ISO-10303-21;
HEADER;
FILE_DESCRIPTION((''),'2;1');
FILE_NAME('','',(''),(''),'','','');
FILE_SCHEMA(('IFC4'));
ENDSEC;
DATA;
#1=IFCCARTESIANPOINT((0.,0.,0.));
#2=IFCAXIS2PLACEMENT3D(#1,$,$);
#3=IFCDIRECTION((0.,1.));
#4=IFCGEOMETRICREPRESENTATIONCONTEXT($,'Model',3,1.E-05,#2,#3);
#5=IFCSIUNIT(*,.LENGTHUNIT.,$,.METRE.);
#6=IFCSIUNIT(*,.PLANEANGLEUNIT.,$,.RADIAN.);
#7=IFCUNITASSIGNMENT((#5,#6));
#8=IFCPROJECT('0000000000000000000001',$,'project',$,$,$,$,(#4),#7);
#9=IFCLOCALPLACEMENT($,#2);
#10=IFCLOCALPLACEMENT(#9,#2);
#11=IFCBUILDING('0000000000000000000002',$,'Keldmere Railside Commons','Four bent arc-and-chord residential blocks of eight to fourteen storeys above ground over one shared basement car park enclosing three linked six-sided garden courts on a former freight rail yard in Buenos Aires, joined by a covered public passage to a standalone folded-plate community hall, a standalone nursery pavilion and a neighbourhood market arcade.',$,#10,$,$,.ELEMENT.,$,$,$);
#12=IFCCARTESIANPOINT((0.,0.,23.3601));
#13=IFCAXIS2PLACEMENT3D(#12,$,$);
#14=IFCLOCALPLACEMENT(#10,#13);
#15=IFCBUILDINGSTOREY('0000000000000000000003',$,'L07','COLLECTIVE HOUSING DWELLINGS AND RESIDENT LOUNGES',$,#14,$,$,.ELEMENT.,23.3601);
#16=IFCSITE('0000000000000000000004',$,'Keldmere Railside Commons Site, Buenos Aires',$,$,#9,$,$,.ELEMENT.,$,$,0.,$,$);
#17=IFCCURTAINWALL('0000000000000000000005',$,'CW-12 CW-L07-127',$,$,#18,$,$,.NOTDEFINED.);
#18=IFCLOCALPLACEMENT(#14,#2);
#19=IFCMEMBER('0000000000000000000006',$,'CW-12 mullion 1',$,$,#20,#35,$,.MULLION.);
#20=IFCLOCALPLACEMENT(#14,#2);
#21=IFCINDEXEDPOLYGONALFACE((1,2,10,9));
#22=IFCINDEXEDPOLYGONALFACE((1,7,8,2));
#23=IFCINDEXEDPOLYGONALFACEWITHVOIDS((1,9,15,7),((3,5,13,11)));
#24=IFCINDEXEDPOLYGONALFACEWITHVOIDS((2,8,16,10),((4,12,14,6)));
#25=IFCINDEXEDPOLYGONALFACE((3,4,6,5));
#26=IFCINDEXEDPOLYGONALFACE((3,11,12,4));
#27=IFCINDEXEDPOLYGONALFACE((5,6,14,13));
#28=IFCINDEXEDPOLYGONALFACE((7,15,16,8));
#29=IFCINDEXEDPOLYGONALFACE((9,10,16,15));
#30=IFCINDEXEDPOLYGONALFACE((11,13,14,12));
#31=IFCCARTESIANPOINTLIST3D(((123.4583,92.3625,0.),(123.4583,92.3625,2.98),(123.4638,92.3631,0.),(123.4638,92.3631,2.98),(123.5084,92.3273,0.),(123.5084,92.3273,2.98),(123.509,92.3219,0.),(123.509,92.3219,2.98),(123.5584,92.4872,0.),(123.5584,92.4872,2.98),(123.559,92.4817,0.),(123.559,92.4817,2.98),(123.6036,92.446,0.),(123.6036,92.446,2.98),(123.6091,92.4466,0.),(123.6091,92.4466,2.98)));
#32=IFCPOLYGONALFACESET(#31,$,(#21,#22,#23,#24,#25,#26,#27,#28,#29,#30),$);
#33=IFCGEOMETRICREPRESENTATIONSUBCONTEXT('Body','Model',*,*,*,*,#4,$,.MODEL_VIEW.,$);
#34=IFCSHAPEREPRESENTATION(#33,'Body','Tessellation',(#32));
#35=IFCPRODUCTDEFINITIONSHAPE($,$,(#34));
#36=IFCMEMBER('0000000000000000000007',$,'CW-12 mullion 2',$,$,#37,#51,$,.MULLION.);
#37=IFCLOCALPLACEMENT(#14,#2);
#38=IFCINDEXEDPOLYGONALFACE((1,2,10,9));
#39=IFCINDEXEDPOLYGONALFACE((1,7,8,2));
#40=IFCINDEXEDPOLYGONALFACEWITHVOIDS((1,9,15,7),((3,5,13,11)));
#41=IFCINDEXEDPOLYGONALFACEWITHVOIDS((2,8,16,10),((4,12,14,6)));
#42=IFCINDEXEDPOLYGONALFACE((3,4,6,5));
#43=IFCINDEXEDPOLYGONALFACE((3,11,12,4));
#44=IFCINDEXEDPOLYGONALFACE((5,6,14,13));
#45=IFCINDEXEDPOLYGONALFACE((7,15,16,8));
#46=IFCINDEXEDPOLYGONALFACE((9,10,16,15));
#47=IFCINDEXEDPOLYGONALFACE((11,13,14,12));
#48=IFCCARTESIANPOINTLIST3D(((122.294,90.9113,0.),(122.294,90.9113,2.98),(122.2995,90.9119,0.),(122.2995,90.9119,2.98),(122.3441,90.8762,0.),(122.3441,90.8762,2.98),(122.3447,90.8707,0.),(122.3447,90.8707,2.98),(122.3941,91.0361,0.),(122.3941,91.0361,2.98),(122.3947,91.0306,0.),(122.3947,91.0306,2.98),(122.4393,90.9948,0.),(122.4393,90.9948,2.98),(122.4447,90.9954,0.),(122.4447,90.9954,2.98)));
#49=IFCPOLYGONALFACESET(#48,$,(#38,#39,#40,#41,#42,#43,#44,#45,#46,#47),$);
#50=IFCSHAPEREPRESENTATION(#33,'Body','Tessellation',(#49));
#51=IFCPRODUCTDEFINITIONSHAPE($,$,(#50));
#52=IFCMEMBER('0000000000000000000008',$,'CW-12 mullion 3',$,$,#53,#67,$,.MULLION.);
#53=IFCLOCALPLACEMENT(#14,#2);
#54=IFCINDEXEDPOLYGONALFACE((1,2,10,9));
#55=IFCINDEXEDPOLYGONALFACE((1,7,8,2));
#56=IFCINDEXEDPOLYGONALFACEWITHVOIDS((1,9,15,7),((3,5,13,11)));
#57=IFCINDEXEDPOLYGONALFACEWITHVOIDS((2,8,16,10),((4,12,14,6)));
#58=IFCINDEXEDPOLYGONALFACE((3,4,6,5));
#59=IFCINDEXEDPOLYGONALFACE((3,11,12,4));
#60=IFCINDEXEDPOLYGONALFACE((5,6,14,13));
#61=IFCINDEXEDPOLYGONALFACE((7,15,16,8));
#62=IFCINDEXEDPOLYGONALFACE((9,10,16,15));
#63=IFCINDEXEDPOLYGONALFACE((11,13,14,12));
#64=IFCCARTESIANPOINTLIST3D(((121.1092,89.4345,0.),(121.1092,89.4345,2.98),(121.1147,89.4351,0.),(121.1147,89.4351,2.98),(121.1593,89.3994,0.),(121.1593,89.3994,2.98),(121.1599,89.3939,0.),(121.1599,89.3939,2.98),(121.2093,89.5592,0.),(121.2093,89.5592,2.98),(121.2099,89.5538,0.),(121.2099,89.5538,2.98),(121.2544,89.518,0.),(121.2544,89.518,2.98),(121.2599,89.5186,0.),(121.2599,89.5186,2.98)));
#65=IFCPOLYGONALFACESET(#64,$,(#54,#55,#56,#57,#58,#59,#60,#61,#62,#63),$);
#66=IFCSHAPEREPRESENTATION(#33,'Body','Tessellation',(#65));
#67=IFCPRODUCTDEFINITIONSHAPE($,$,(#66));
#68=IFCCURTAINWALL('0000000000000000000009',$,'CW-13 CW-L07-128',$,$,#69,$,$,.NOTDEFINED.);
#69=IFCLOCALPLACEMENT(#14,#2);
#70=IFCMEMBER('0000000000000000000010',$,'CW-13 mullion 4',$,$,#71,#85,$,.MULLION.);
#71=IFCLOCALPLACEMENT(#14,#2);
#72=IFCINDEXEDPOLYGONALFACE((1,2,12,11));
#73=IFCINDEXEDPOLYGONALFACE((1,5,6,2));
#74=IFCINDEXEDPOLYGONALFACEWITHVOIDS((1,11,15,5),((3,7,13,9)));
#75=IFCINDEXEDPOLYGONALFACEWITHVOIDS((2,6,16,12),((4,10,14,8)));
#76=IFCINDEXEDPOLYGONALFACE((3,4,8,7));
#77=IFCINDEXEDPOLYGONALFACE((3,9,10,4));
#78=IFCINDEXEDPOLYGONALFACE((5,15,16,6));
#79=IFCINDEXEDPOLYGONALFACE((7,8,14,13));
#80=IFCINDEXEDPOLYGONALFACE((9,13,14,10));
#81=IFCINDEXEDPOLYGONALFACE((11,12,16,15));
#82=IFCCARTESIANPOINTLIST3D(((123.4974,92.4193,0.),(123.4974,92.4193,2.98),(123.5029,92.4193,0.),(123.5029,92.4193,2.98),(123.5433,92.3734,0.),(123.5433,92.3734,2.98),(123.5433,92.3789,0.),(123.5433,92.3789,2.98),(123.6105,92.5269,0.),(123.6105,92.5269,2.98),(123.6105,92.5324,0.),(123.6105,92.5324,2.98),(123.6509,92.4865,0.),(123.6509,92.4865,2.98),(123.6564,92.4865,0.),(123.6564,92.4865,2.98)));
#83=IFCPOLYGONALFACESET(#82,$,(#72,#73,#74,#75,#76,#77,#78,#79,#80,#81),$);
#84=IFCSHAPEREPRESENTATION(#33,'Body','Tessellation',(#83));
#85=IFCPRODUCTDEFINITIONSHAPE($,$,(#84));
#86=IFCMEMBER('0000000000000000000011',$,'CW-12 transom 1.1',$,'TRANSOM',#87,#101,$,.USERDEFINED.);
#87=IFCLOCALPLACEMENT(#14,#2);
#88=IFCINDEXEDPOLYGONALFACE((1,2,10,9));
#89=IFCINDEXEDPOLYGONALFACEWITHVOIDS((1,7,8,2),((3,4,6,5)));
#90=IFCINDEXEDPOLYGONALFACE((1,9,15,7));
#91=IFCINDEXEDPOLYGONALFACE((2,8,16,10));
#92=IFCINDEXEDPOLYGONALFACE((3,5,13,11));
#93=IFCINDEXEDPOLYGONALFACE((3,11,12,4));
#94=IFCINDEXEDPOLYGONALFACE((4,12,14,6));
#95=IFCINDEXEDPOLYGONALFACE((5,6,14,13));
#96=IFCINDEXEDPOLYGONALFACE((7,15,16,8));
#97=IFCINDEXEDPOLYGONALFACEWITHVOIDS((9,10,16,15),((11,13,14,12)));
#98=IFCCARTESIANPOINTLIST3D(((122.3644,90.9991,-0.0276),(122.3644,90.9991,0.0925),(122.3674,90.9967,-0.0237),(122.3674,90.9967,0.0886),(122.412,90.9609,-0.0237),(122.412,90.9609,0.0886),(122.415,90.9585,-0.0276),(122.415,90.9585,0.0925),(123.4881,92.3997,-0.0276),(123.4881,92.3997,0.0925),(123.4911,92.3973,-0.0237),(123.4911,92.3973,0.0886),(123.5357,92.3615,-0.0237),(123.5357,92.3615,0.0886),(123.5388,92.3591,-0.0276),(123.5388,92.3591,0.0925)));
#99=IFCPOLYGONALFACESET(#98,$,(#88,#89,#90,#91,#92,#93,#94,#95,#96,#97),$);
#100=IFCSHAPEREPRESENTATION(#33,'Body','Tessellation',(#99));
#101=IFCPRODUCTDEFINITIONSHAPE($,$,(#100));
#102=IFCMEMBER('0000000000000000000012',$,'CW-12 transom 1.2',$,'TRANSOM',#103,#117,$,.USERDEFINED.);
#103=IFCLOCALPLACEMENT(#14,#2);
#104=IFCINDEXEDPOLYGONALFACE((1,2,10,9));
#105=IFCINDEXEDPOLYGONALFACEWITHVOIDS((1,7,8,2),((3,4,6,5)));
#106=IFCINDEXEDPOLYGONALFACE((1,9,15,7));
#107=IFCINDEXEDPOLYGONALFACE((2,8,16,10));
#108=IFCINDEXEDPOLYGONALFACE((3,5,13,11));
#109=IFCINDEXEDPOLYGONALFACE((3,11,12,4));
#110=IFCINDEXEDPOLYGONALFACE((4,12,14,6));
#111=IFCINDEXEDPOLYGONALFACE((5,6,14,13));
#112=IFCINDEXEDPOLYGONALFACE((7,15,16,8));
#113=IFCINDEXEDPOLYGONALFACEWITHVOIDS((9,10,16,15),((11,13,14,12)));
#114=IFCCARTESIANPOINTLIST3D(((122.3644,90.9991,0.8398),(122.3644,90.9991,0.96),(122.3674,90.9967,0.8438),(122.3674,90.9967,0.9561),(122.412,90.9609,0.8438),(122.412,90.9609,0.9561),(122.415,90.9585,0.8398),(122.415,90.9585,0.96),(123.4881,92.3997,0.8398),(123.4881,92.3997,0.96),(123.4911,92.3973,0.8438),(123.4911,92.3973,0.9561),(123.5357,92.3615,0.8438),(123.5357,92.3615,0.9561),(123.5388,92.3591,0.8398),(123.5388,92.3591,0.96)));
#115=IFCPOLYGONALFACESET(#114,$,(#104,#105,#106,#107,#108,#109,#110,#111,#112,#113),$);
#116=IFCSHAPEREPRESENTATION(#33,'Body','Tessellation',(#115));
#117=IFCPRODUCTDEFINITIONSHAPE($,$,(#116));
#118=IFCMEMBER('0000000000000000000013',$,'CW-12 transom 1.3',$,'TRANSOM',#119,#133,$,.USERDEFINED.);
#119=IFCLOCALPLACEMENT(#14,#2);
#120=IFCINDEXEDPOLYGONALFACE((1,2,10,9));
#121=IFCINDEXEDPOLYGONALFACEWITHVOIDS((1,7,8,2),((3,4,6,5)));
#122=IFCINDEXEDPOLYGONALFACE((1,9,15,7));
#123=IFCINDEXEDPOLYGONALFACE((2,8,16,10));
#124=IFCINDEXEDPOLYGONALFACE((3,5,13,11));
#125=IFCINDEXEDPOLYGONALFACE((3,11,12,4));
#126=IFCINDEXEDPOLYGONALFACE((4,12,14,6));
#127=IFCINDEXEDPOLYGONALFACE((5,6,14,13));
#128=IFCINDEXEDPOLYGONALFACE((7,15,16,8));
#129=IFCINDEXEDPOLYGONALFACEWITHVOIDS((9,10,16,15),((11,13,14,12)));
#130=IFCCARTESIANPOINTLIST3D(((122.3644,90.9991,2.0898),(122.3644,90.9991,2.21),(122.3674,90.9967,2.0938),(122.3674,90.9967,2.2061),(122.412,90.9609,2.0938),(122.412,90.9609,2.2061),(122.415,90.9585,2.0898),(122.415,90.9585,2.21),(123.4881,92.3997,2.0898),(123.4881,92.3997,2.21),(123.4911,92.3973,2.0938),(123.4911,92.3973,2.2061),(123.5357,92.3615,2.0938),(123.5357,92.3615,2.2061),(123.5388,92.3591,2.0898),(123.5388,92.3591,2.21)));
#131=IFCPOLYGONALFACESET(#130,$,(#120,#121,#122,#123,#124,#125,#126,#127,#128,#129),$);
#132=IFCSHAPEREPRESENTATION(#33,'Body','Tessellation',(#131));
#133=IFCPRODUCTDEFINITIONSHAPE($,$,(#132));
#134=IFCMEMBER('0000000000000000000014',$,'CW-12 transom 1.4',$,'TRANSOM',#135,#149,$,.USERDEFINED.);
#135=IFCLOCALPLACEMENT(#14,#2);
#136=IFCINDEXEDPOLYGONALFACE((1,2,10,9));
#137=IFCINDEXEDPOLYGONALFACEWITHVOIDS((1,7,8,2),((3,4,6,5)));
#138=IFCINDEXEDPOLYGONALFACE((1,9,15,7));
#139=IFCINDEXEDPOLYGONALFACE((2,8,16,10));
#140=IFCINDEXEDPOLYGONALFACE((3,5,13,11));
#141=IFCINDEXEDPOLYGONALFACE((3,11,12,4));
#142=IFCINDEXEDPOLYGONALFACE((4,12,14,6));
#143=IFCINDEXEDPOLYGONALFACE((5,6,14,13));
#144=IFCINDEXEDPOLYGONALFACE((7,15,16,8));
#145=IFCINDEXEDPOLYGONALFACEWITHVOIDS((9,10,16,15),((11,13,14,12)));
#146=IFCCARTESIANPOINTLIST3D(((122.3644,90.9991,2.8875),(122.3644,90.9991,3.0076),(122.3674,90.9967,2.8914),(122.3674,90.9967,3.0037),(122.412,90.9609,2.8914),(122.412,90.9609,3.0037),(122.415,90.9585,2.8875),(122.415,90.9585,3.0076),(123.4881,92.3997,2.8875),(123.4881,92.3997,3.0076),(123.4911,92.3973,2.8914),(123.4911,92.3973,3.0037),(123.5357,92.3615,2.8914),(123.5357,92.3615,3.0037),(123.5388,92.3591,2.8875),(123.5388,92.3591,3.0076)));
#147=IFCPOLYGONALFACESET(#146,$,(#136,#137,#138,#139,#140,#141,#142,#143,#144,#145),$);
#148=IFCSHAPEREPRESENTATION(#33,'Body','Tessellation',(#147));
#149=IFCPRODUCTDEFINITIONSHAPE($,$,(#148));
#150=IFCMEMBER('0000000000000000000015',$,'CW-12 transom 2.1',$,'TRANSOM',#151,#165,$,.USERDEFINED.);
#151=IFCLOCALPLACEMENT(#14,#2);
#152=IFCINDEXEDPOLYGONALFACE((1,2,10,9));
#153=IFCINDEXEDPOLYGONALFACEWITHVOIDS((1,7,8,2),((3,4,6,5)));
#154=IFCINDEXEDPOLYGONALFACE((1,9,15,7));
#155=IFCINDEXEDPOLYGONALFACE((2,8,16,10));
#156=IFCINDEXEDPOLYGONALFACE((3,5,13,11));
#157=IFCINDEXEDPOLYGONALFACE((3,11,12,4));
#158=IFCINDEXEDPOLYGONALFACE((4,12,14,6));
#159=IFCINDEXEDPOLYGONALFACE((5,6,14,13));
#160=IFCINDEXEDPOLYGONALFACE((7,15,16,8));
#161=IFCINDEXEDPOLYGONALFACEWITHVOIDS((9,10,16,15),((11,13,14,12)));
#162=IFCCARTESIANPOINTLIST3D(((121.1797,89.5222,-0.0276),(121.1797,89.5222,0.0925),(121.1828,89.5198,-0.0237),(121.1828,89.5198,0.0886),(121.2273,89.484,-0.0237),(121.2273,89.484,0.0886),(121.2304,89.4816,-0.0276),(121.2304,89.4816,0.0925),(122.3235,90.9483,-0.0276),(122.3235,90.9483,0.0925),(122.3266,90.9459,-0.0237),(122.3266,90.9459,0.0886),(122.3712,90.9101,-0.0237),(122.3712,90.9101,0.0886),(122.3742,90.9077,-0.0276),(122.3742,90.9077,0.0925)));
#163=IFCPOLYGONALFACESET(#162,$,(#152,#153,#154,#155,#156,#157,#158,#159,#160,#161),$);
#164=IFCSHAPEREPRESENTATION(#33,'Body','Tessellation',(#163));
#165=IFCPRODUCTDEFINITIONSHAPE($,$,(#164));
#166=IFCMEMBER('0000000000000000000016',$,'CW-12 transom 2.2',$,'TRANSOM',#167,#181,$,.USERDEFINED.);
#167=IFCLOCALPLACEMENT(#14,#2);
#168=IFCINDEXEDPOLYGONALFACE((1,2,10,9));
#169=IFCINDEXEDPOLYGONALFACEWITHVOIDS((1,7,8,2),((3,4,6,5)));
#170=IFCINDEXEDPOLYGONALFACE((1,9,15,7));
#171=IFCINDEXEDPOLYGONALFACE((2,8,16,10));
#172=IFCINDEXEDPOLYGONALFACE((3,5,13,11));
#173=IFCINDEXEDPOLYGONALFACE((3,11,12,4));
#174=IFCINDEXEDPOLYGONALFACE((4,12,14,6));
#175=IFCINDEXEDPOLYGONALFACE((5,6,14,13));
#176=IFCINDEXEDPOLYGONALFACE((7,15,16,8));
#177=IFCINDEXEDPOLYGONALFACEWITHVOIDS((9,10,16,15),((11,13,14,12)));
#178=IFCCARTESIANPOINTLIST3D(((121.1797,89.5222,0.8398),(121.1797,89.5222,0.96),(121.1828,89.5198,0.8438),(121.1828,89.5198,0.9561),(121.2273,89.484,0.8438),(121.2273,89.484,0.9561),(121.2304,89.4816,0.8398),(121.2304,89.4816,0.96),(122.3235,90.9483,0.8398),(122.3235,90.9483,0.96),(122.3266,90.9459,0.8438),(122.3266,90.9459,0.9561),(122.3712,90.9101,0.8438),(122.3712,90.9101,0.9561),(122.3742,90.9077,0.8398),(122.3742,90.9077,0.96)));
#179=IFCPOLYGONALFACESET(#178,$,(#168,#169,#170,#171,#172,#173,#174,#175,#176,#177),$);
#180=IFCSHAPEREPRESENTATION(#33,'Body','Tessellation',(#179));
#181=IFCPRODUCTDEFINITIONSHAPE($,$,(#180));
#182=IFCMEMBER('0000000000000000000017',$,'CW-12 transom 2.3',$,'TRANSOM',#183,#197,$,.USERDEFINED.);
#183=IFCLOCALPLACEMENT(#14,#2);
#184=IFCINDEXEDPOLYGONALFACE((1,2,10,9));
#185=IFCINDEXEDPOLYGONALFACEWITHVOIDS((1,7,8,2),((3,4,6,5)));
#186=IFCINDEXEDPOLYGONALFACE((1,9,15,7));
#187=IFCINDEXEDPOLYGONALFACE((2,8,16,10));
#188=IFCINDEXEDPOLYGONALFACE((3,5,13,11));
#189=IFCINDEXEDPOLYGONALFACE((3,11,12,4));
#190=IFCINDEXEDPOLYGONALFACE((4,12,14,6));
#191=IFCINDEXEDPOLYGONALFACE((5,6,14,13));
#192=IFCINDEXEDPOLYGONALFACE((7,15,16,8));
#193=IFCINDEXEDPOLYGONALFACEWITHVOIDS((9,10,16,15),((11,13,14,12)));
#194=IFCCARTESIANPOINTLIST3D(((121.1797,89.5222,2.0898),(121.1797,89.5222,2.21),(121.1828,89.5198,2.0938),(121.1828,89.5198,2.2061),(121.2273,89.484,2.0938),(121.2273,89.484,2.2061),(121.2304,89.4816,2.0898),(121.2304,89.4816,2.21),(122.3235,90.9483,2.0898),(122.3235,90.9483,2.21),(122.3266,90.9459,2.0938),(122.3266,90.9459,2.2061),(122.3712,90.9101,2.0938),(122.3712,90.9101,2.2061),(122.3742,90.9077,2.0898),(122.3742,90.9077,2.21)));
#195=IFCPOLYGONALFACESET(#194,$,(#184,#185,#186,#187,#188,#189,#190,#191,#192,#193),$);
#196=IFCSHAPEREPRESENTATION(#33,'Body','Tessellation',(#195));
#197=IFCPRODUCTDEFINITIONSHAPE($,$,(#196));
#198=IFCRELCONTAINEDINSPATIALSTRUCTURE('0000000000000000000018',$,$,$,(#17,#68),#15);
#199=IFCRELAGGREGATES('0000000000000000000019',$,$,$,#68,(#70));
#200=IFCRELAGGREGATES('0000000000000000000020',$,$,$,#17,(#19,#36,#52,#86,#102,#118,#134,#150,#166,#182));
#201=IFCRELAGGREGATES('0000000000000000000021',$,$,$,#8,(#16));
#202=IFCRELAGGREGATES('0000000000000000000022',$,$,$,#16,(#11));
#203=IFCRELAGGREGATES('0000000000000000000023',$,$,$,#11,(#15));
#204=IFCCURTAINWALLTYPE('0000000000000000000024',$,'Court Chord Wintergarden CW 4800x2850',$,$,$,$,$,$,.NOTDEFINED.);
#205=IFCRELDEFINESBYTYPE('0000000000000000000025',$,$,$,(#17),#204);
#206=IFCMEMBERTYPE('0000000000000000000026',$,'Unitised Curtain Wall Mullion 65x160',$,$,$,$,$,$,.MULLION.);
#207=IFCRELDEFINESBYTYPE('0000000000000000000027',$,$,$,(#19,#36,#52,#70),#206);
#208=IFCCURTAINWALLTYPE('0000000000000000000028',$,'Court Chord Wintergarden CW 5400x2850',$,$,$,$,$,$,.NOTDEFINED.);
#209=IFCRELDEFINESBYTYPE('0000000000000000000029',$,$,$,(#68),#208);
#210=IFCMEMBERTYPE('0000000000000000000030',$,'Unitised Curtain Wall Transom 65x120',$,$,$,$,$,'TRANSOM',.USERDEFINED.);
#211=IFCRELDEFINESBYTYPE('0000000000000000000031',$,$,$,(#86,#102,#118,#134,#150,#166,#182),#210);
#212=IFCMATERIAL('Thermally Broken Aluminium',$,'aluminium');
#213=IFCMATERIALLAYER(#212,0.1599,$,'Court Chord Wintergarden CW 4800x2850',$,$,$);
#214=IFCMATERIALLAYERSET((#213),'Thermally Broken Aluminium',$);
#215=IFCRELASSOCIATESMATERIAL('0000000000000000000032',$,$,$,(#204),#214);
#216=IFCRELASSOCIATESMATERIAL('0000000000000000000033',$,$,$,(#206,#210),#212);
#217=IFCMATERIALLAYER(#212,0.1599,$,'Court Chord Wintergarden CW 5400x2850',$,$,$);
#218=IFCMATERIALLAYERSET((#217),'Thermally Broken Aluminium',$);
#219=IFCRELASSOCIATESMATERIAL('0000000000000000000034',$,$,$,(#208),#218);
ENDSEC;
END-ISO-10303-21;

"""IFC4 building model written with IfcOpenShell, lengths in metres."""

from ifc_helpers import new_model, si_unit, direction, frame, origin, origin_2d, place, context, subcontext, project, spatial, hollow_rectangle, extrude, material, layer, layer_set, material_profile, profile_set, type_object, element, aggregate, save


model = new_model("IFC4")

# Units and contexts
model_context = context("Model", 3, precision=1e-05, world=origin(), true_north=direction((0.0, 1.0)))
body_context = subcontext(model_context, "Body", "Model", "MODEL_VIEW")
ifc_project = project(units=[si_unit("LENGTHUNIT", "METRE"), si_unit("PLANEANGLEUNIT", "RADIAN")], contexts=[model_context])

# Site, building, storey
site_placement = place(None, origin())
site = spatial("IfcSite", under=ifc_project, at=site_placement, Name="Keldmere Railside Commons Site, Buenos Aires", CompositionType="ELEMENT", RefElevation=0.0)
building_placement = place(site_placement, origin())
building = spatial("IfcBuilding", under=site, at=building_placement, Name="Keldmere Railside Commons", Description="Four bent arc-and-chord residential blocks of eight to fourteen storeys above ground over one shared basement car park enclosing three linked six-sided garden courts on a former freight rail yard in Buenos Aires, joined by a covered public passage to a standalone folded-plate community hall, a standalone nursery pavilion and a neighbourhood market arcade.", CompositionType="ELEMENT")
storey_placement = place(building_placement, frame((0.0, 0.0, 23.3601)))
storey = spatial("IfcBuildingStorey", under=building, at=storey_placement, Name="L07", Description="COLLECTIVE HOUSING DWELLINGS AND RESIDENT LOUNGES", CompositionType="ELEMENT", Elevation=23.3601)

# Curtain wall, members
ifc_material_1 = material(Name="Thermally Broken Aluminium", Category="aluminium")
ifc_layer_1 = layer(ifc_material_1, 0.1599, Name="Court Chord Wintergarden CW 4800x2850")
ifc_layer_set_1 = layer_set([ifc_layer_1], Name="Thermally Broken Aluminium")
curtain_wall_type_1 = type_object("IfcCurtainWallType", Name="Court Chord Wintergarden CW 4800x2850", PredefinedType="NOTDEFINED", material=ifc_layer_set_1)
curtain_wall_1_placement = place(storey_placement, origin())
curtain_wall_1 = element("IfcCurtainWall", 1, at=curtain_wall_1_placement, inside=storey, type_object=curtain_wall_type_1, Name="CW-12 CW-L07-127", PredefinedType="NOTDEFINED")
ifc_material_profile_1 = material_profile(ifc_material_1, hollow_rectangle(XDim=0.0649, YDim=0.1599, WallThickness=0.0039, at=origin_2d()), Name="ALU-MULL-65x160")
ifc_profile_set_1 = profile_set([ifc_material_profile_1], Name="Thermally Broken Aluminium")
member_type_1 = type_object("IfcMemberType", Name="Unitised Curtain Wall Mullion 65x160", PredefinedType="MULLION", material=ifc_profile_set_1)
member_1_placement = place(storey_placement, frame((123.5337, 92.4045, 0.0), z_axis=(0.0, 0.0, 1.0), x_axis=(0.780009, -0.625768, 0.0)))
member_1 = element("IfcMember", 2, at=member_1_placement, type_object=member_type_1, Name="CW-12 mullion 1", PredefinedType="MULLION", context=body_context, shape_type="SweptSolid", body=[
    extrude(hollow_rectangle(XDim=0.0649, YDim=0.1599, WallThickness=0.0039, at=origin_2d()), origin(), (0.0, 0.0, 1.0), 2.98),
])
member_2_placement = place(storey_placement, frame((122.3694, 90.9534, 0.0), z_axis=(0.0, 0.0, 1.0), x_axis=(0.780009, -0.625768, 0.0)))
member_2 = element("IfcMember", 3, at=member_2_placement, type_object=member_type_1, Name="CW-12 mullion 2", PredefinedType="MULLION", context=body_context, shape_type="SweptSolid", body=[
    extrude(hollow_rectangle(XDim=0.0649, YDim=0.1599, WallThickness=0.0039, at=origin_2d()), origin(), (0.0, 0.0, 1.0), 2.98),
])
member_3_placement = place(storey_placement, frame((121.1846, 89.4766, 0.0), z_axis=(0.0, 0.0, 1.0), x_axis=(0.780009, -0.625768, 0.0)))
member_3 = element("IfcMember", 4, at=member_3_placement, type_object=member_type_1, Name="CW-12 mullion 3", PredefinedType="MULLION", context=body_context, shape_type="SweptSolid", body=[
    extrude(hollow_rectangle(XDim=0.0649, YDim=0.1599, WallThickness=0.0039, at=origin_2d()), origin(), (0.0, 0.0, 1.0), 2.98),
])

# Curtain wall, member
ifc_layer_2 = layer(ifc_material_1, 0.1599, Name="Court Chord Wintergarden CW 5400x2850")
ifc_layer_set_2 = layer_set([ifc_layer_2], Name="Thermally Broken Aluminium")
curtain_wall_type_2 = type_object("IfcCurtainWallType", Name="Court Chord Wintergarden CW 5400x2850", PredefinedType="NOTDEFINED", material=ifc_layer_set_2)
curtain_wall_2_placement = place(storey_placement, origin())
curtain_wall_2 = element("IfcCurtainWall", 5, at=curtain_wall_2_placement, inside=storey, type_object=curtain_wall_type_2, Name="CW-13 CW-L07-128", PredefinedType="NOTDEFINED")
member_4_placement = place(storey_placement, frame((123.5769, 92.4529, 0.0), z_axis=(0.0, 0.0, 1.0), x_axis=(0.707107, -0.707107, 0.0)))
member_4 = element("IfcMember", 6, at=member_4_placement, type_object=member_type_1, Name="CW-13 mullion 4", PredefinedType="MULLION", context=body_context, shape_type="SweptSolid", body=[
    extrude(hollow_rectangle(XDim=0.0649, YDim=0.1599, WallThickness=0.0039, at=origin_2d()), origin(), (0.0, 0.0, 1.0), 2.98),
])

# Members
ifc_material_profile_2 = material_profile(ifc_material_1, hollow_rectangle(XDim=0.0649, YDim=0.1201, WallThickness=0.0039, at=origin_2d()), Name="ALU-TRAN-65x120")
ifc_profile_set_2 = profile_set([ifc_material_profile_2], Name="Thermally Broken Aluminium")
member_type_2 = type_object("IfcMemberType", Name="Unitised Curtain Wall Transom 65x120", ElementType="TRANSOM", PredefinedType="USERDEFINED", material=ifc_profile_set_2)
member_5_placement = place(storey_placement, frame((123.5134, 92.3794, 0.0325), z_axis=(-0.625805, -0.779979, 0.0), x_axis=(0.779979, -0.625805, 0.0)))
member_5 = element("IfcMember", 7, at=member_5_placement, type_object=member_type_2, Name="CW-12 transom 1.1", ObjectType="TRANSOM", PredefinedType="USERDEFINED", context=body_context, shape_type="SweptSolid", body=[
    extrude(hollow_rectangle(XDim=0.0649, YDim=0.1201, WallThickness=0.0039, at=origin_2d()), origin(), (0.0, 0.0, 1.0), 1.7957),
])
member_6_placement = place(storey_placement, frame((123.5134, 92.3794, 0.8999), z_axis=(-0.625805, -0.779979, 0.0), x_axis=(0.779979, -0.625805, 0.0)))
member_6 = element("IfcMember", 8, at=member_6_placement, type_object=member_type_2, Name="CW-12 transom 1.2", ObjectType="TRANSOM", PredefinedType="USERDEFINED", context=body_context, shape_type="SweptSolid", body=[
    extrude(hollow_rectangle(XDim=0.0649, YDim=0.1201, WallThickness=0.0039, at=origin_2d()), origin(), (0.0, 0.0, 1.0), 1.7957),
])
member_7_placement = place(storey_placement, frame((123.5134, 92.3794, 2.1499), z_axis=(-0.625805, -0.779979, 0.0), x_axis=(0.779979, -0.625805, 0.0)))
member_7 = element("IfcMember", 9, at=member_7_placement, type_object=member_type_2, Name="CW-12 transom 1.3", ObjectType="TRANSOM", PredefinedType="USERDEFINED", context=body_context, shape_type="SweptSolid", body=[
    extrude(hollow_rectangle(XDim=0.0649, YDim=0.1201, WallThickness=0.0039, at=origin_2d()), origin(), (0.0, 0.0, 1.0), 1.7957),
])
member_8_placement = place(storey_placement, frame((123.5134, 92.3794, 2.9475), z_axis=(-0.625805, -0.779979, 0.0), x_axis=(0.779979, -0.625805, 0.0)))
member_8 = element("IfcMember", 10, at=member_8_placement, type_object=member_type_2, Name="CW-12 transom 1.4", ObjectType="TRANSOM", PredefinedType="USERDEFINED", context=body_context, shape_type="SweptSolid", body=[
    extrude(hollow_rectangle(XDim=0.0649, YDim=0.1201, WallThickness=0.0039, at=origin_2d()), origin(), (0.0, 0.0, 1.0), 1.7957),
])
member_9_placement = place(storey_placement, frame((122.3489, 90.928, 0.0325), z_axis=(-0.625688, -0.780073, 0.0), x_axis=(0.780073, -0.625688, 0.0)))
member_9 = element("IfcMember", 11, at=member_9_placement, type_object=member_type_2, Name="CW-12 transom 2.1", ObjectType="TRANSOM", PredefinedType="USERDEFINED", context=body_context, shape_type="SweptSolid", body=[
    extrude(hollow_rectangle(XDim=0.0649, YDim=0.1201, WallThickness=0.0039, at=origin_2d()), origin(), (0.0, 0.0, 1.0), 1.8281),
])
member_10_placement = place(storey_placement, frame((122.3489, 90.928, 0.8999), z_axis=(-0.625688, -0.780073, 0.0), x_axis=(0.780073, -0.625688, 0.0)))
member_10 = element("IfcMember", 12, at=member_10_placement, type_object=member_type_2, Name="CW-12 transom 2.2", ObjectType="TRANSOM", PredefinedType="USERDEFINED", context=body_context, shape_type="SweptSolid", body=[
    extrude(hollow_rectangle(XDim=0.0649, YDim=0.1201, WallThickness=0.0039, at=origin_2d()), origin(), (0.0, 0.0, 1.0), 1.8281),
])
member_11_placement = place(storey_placement, frame((122.3489, 90.928, 2.1499), z_axis=(-0.625688, -0.780073, 0.0), x_axis=(0.780073, -0.625688, 0.0)))
member_11 = element("IfcMember", 13, at=member_11_placement, type_object=member_type_2, Name="CW-12 transom 2.3", ObjectType="TRANSOM", PredefinedType="USERDEFINED", context=body_context, shape_type="SweptSolid", body=[
    extrude(hollow_rectangle(XDim=0.0649, YDim=0.1201, WallThickness=0.0039, at=origin_2d()), origin(), (0.0, 0.0, 1.0), 1.8281),
])

aggregate(curtain_wall_2, [member_4])
aggregate(curtain_wall_1, [member_1, member_2, member_3, member_5, member_6, member_7, member_8, member_9, member_10, member_11])

save(model, "model.ifc")
